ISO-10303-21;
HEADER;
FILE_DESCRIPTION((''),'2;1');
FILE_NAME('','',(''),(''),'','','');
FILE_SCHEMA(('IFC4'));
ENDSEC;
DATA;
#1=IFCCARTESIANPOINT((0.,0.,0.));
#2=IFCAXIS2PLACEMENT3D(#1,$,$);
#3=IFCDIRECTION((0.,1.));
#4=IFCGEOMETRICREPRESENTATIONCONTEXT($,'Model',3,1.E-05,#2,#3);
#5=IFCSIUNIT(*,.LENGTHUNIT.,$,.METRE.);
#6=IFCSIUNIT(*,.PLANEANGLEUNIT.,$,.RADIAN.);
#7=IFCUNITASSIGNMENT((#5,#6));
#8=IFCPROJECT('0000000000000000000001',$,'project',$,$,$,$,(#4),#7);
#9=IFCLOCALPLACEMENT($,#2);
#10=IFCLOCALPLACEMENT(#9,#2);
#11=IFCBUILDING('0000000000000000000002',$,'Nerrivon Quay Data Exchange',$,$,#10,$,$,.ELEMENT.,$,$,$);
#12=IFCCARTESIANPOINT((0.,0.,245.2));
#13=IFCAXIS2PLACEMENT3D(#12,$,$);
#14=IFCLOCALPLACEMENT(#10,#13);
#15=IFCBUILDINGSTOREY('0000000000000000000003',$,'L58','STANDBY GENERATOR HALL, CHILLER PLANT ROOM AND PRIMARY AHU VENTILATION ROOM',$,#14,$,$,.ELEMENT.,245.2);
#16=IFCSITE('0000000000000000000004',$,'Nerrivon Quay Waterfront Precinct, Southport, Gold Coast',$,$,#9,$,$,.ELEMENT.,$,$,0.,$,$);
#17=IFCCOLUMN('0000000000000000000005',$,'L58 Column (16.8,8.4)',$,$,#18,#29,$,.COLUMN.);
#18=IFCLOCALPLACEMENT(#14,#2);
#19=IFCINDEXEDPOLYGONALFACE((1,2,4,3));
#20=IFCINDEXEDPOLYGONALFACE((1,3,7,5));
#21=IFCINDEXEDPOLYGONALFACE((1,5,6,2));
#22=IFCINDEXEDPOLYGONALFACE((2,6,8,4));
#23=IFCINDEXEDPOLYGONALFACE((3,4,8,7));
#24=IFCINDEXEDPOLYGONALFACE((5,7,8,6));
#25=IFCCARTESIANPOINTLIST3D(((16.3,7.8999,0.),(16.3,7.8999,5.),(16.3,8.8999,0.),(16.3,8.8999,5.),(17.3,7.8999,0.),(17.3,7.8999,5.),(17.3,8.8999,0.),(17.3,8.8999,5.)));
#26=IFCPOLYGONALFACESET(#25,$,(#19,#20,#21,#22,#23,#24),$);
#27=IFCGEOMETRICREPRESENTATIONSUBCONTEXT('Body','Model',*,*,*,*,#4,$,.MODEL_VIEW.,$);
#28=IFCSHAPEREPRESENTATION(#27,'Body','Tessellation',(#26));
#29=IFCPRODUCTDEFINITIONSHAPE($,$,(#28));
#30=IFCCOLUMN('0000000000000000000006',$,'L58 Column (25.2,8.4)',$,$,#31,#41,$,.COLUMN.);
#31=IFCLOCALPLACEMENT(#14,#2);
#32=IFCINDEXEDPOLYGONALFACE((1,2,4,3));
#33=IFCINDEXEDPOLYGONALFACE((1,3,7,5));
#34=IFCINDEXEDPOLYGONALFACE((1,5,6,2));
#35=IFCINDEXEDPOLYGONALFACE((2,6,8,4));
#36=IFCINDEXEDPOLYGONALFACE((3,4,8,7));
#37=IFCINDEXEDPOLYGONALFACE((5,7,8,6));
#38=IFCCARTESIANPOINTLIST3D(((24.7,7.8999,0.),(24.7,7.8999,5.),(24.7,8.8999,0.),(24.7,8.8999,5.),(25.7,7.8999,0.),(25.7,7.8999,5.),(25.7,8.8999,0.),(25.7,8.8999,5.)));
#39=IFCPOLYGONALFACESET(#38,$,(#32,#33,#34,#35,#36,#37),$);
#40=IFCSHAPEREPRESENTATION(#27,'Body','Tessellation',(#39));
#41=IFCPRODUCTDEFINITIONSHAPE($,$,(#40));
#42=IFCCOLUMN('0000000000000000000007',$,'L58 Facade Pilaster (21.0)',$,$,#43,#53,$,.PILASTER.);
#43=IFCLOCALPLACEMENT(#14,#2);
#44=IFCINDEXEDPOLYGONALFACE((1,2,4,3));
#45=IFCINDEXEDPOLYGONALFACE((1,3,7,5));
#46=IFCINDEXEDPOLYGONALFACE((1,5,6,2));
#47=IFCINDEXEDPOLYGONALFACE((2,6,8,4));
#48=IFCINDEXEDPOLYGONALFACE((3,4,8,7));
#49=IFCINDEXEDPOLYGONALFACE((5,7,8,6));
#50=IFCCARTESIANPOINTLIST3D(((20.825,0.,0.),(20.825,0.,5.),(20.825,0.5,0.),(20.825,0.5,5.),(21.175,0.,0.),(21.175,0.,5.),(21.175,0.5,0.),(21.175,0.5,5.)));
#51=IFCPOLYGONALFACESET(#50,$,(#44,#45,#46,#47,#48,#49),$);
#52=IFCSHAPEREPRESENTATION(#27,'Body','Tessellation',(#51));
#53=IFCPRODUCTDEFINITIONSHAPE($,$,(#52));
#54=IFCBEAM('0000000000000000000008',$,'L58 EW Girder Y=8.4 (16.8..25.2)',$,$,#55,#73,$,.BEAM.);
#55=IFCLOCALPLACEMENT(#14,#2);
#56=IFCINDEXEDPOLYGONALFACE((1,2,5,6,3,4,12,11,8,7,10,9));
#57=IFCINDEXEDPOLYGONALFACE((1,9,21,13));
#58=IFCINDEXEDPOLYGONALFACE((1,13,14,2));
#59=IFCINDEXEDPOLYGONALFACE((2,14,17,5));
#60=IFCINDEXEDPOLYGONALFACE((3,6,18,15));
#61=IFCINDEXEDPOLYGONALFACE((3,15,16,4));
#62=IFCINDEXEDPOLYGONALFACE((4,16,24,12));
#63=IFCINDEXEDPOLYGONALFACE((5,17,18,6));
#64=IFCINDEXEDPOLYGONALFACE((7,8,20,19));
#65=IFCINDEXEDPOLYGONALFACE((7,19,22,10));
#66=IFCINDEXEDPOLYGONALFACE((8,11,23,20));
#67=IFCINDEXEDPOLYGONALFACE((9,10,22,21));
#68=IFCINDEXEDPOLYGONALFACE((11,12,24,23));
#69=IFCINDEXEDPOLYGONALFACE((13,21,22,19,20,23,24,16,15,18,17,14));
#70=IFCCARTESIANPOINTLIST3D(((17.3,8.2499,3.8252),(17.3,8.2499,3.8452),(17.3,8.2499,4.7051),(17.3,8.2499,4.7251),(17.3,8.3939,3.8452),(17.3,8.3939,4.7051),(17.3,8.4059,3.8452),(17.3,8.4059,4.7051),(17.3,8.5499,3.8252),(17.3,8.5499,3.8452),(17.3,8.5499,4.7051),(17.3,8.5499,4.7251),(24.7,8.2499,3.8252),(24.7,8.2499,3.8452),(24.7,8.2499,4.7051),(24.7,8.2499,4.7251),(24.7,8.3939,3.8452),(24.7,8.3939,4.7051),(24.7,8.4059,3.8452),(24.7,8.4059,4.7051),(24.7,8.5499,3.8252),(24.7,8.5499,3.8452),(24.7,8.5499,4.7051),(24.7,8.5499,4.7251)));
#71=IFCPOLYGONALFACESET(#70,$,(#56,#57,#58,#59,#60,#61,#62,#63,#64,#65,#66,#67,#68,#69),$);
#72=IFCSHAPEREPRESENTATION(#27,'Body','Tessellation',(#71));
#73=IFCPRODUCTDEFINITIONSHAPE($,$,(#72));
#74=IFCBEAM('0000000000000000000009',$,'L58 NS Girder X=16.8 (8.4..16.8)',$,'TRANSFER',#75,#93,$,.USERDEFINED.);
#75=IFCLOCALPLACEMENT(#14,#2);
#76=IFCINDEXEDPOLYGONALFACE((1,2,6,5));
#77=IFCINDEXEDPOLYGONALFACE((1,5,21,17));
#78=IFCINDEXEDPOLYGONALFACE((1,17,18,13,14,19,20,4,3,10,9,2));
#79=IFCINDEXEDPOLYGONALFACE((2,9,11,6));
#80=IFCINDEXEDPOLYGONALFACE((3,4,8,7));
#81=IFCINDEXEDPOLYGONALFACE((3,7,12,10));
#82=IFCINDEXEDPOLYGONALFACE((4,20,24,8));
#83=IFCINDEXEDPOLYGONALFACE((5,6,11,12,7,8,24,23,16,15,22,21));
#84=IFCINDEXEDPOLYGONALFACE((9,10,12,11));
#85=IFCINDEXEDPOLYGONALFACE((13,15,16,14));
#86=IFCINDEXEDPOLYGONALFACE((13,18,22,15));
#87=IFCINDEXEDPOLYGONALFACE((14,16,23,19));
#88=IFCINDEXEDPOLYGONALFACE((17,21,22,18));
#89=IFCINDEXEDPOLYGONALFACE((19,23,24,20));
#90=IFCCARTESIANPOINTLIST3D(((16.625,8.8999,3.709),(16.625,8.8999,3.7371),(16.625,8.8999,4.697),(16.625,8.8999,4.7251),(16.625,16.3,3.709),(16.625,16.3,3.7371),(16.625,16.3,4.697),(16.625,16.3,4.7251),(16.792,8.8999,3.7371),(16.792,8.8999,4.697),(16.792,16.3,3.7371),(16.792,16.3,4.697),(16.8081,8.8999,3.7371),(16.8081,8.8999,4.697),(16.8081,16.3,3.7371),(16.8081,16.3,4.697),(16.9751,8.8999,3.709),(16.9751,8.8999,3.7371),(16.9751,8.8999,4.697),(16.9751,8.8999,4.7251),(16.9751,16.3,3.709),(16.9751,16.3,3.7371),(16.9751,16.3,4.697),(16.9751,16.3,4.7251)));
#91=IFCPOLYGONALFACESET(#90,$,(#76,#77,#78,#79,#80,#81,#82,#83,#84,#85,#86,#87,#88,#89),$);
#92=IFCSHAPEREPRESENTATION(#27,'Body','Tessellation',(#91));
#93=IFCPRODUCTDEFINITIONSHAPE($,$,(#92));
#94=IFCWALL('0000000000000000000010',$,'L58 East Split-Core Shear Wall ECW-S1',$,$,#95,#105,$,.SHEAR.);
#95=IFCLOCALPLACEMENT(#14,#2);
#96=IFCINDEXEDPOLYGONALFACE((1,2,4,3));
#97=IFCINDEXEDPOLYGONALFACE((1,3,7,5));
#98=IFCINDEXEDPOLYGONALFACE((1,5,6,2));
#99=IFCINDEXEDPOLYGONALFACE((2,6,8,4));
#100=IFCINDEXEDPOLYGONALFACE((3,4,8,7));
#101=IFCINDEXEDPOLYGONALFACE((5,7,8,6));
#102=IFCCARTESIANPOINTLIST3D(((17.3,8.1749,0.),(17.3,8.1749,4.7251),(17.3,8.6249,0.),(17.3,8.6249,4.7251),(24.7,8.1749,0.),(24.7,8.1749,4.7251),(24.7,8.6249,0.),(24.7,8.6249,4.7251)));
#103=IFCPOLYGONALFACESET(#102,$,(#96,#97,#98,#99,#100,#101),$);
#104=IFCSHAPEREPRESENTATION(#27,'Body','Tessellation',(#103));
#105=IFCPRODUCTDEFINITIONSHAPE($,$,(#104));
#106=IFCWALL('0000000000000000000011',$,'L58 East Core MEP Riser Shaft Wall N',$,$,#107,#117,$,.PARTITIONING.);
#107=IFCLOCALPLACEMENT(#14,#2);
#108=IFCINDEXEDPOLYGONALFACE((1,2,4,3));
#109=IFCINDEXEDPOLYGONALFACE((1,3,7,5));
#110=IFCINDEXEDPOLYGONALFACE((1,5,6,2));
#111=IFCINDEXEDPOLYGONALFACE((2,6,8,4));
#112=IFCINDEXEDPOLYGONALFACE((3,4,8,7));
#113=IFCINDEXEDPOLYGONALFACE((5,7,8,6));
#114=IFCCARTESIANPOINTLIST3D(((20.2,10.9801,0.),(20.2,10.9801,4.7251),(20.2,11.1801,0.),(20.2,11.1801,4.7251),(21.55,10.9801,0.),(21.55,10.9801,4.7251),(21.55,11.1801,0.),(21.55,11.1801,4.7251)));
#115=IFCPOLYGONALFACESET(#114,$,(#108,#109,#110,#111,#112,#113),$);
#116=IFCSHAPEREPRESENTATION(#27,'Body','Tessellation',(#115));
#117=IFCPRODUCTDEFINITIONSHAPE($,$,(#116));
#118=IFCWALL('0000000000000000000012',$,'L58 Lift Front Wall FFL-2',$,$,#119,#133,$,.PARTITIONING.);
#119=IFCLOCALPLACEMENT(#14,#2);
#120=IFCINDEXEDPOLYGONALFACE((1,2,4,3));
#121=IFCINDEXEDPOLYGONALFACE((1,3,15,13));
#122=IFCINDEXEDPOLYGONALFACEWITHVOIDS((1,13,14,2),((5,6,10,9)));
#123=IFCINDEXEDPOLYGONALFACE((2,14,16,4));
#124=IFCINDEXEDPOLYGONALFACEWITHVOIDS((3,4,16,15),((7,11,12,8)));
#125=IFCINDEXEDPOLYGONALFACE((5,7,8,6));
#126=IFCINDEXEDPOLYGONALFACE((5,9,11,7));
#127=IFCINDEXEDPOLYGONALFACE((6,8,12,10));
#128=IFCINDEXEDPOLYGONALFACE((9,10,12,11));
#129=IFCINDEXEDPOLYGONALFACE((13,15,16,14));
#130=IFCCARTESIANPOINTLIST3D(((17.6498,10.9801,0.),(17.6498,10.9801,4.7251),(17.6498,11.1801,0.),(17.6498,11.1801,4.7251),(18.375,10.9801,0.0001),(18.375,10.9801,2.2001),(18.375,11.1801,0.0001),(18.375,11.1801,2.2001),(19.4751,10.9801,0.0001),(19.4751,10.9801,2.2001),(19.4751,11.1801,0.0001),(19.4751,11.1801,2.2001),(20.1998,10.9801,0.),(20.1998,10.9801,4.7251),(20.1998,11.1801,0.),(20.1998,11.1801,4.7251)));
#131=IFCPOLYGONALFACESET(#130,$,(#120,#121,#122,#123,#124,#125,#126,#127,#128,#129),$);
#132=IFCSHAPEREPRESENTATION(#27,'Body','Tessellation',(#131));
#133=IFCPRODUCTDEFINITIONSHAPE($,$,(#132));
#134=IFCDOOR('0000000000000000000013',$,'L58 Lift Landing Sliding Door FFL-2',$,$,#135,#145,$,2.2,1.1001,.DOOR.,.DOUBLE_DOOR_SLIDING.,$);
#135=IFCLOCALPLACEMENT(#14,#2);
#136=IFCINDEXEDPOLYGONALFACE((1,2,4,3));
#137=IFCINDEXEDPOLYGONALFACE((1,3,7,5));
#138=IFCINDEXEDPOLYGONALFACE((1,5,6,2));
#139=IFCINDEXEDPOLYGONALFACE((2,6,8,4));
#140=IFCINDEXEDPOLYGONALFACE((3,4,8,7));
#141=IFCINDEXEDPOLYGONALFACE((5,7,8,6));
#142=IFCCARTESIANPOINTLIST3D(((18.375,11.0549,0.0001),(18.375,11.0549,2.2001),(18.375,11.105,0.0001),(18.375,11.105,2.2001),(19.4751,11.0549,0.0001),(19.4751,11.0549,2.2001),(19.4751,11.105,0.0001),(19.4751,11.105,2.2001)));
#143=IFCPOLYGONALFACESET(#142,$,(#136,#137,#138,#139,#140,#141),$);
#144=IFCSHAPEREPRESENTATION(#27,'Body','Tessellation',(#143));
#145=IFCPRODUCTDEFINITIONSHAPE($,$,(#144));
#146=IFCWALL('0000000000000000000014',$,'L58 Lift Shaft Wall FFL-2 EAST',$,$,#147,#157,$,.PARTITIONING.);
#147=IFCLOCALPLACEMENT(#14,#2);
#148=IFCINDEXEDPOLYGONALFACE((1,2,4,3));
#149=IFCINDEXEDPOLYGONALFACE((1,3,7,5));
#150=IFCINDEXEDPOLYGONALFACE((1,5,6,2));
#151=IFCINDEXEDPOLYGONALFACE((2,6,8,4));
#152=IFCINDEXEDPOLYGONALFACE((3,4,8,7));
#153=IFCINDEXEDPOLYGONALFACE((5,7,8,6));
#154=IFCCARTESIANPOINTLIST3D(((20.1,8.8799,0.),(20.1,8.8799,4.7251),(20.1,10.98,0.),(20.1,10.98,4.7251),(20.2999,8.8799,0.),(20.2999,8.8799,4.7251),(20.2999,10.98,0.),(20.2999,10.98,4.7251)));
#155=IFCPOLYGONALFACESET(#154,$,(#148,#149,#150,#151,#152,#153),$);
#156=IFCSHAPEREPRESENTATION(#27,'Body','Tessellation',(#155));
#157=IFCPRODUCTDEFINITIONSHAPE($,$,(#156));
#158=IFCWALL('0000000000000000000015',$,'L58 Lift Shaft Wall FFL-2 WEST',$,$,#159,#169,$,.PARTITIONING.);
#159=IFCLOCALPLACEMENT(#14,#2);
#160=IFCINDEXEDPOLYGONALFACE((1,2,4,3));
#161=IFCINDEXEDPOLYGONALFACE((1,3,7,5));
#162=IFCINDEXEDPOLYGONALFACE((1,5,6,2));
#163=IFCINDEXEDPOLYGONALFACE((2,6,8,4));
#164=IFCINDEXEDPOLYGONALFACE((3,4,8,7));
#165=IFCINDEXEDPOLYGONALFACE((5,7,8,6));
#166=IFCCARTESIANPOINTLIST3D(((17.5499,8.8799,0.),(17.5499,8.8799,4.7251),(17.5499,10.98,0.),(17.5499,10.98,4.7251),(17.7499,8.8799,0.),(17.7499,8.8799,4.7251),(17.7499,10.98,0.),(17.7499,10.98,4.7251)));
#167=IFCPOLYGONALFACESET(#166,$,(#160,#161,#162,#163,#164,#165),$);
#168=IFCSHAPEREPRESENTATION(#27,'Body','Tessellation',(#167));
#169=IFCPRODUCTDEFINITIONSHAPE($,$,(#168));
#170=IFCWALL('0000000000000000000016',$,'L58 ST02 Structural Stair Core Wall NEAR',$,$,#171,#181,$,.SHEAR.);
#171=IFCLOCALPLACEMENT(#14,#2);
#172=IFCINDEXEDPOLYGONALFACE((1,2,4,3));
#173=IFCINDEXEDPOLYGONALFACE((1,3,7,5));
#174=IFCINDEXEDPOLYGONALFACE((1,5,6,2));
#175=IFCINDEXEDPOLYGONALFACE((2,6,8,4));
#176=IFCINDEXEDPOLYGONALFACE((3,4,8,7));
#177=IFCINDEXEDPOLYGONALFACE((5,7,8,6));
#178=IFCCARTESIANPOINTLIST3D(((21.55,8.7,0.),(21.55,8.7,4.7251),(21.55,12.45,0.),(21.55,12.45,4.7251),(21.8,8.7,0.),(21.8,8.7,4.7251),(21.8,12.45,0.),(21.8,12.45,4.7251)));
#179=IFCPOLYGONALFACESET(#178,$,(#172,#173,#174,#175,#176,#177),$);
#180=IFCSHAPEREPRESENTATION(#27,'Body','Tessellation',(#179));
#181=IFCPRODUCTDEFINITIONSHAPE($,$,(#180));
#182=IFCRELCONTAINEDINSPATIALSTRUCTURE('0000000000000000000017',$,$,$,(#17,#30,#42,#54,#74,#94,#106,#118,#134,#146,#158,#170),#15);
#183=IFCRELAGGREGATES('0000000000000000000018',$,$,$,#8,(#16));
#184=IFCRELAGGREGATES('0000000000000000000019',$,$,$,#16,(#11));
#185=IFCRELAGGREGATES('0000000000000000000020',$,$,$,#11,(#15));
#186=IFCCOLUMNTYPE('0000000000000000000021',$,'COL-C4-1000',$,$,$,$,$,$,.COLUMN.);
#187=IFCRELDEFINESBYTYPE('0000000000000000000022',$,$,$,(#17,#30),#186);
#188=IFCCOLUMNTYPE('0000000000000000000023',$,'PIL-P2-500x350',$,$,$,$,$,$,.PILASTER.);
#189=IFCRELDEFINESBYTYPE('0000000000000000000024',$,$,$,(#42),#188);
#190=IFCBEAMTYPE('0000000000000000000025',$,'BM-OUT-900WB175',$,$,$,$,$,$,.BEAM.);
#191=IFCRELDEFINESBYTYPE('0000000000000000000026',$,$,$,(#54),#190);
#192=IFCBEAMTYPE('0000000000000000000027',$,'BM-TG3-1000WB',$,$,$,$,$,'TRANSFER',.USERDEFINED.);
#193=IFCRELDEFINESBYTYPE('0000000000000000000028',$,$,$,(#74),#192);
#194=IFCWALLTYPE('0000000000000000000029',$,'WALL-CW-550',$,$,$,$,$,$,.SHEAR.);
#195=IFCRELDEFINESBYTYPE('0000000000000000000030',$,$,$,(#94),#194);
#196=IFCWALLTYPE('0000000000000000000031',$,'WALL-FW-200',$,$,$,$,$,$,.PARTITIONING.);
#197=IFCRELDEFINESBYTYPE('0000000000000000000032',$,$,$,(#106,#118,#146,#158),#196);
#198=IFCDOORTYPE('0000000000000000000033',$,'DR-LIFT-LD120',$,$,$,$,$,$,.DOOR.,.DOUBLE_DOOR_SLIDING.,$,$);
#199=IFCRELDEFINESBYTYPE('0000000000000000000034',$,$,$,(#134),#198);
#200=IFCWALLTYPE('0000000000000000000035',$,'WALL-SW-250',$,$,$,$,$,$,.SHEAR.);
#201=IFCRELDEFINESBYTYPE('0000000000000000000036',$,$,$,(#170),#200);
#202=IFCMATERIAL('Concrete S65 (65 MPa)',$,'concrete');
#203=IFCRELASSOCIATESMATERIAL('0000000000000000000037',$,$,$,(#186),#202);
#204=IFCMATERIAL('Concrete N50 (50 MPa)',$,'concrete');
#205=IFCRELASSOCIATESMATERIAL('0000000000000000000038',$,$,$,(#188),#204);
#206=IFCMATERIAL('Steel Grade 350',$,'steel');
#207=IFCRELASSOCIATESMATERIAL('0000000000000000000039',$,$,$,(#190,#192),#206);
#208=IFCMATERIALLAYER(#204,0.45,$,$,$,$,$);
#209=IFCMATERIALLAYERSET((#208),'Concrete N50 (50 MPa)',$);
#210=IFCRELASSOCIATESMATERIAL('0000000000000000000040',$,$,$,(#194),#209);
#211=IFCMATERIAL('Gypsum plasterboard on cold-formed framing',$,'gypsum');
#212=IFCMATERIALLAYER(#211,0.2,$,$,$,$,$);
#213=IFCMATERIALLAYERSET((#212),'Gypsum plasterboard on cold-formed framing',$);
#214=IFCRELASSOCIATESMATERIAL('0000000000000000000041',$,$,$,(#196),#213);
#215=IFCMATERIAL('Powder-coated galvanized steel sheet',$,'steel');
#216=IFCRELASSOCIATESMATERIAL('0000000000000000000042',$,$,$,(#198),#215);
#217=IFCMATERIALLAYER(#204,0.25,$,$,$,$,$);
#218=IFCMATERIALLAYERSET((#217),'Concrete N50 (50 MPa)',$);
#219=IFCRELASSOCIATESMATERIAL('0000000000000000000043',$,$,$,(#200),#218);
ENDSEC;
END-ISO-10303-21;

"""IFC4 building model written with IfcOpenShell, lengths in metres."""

from ifc_helpers import new_model, si_unit, direction, frame, frame_2d, origin, origin_2d, place, context, subcontext, project, spatial, rectangle, i_section, extrude, material, layer, layer_set, material_profile, profile_set, type_object, element, fill, save


model = new_model("IFC4")

# Units and contexts
model_context = context("Model", 3, precision=1e-05, world=origin(), true_north=direction((0.0, 1.0)))
body_context = subcontext(model_context, "Body", "Model", "MODEL_VIEW")
ifc_project = project(units=[si_unit("LENGTHUNIT", "METRE"), si_unit("PLANEANGLEUNIT", "RADIAN")], contexts=[model_context])

# Site, building, storey
site_placement = place(None, origin())
site = spatial("IfcSite", under=ifc_project, at=site_placement, Name="Nerrivon Quay Waterfront Precinct, Southport, Gold Coast", CompositionType="ELEMENT", RefElevation=0.0)
building_placement = place(site_placement, origin())
building = spatial("IfcBuilding", under=site, at=building_placement, Name="Nerrivon Quay Data Exchange", CompositionType="ELEMENT")
storey_placement = place(building_placement, frame((0.0, 0.0, 245.2)))
storey = spatial("IfcBuildingStorey", under=building, at=storey_placement, Name="L58", Description="STANDBY GENERATOR HALL, CHILLER PLANT ROOM AND PRIMARY AHU VENTILATION ROOM", CompositionType="ELEMENT", Elevation=245.2)

# Columns
ifc_material_1 = material(Name="Concrete S65 (65 MPa)", Category="concrete")
ifc_material_profile_1 = material_profile(ifc_material_1, rectangle(XDim=1.0, YDim=1.0, at=origin_2d()), Name="RC-COL-1000x1000")
ifc_profile_set_1 = profile_set([ifc_material_profile_1], Name="Concrete S65 (65 MPa)")
column_type_1 = type_object("IfcColumnType", Name="COL-C4-1000", PredefinedType="COLUMN", material=ifc_profile_set_1)
for number, where, z_axis, x_axis, name in (
    (1, (16.8, 8.3999, 0.0), (0.0, 0.0, 1.0), (1.0, 0.0, 0.0), "L58 Column (16.8,8.4)"),
    (2, (25.2, 8.3999, 0.0), (0.0, 0.0, 1.0), (1.0, 0.0, 0.0), "L58 Column (25.2,8.4)"),
):
    element("IfcColumn", number, at=place(storey_placement, frame(where, z_axis=z_axis, x_axis=x_axis)), inside=storey, type_object=column_type_1, Name=name, PredefinedType="COLUMN", context=body_context, shape_type="SweptSolid", body=[
        extrude(rectangle(XDim=1.0, YDim=1.0, at=origin_2d()), origin(), (0.0, 0.0, 1.0), 5.0),
    ])
ifc_material_2 = material(Name="Concrete N50 (50 MPa)", Category="concrete")
ifc_material_profile_2 = material_profile(ifc_material_2, rectangle(XDim=0.3501, YDim=0.5, at=origin_2d()), Name="RC-PIL-500x350")
ifc_profile_set_2 = profile_set([ifc_material_profile_2], Name="Concrete N50 (50 MPa)")
column_type_2 = type_object("IfcColumnType", Name="PIL-P2-500x350", PredefinedType="PILASTER", material=ifc_profile_set_2)
column_placement = place(storey_placement, frame((21.0, 0.25, 0.0), z_axis=(0.0, 0.0, 1.0), x_axis=(1.0, 0.0, 0.0)))
element("IfcColumn", 3, at=column_placement, inside=storey, type_object=column_type_2, Name="L58 Facade Pilaster (21.0)", PredefinedType="PILASTER", context=body_context, shape_type="SweptSolid", body=[
    extrude(rectangle(XDim=0.3501, YDim=0.5, at=origin_2d()), origin(), (0.0, 0.0, 1.0), 5.0),
])

# Beams
ifc_material_3 = material(Name="Steel Grade 350", Category="steel")
ifc_material_profile_3 = material_profile(ifc_material_3, i_section(OverallWidth=0.3, OverallDepth=0.8999, WebThickness=0.012, FlangeThickness=0.02, at=origin_2d()), Name="900WB175")
ifc_profile_set_3 = profile_set([ifc_material_profile_3], Name="Steel Grade 350")
beam_type_1 = type_object("IfcBeamType", Name="BM-OUT-900WB175", PredefinedType="BEAM", material=ifc_profile_set_3)
beam_1_placement = place(storey_placement, frame((17.3, 8.3999, 4.2751), z_axis=(1.0, 0.0, 0.0), x_axis=(0.0, 1.0, 0.0)))
element("IfcBeam", 4, at=beam_1_placement, inside=storey, type_object=beam_type_1, Name="L58 EW Girder Y=8.4 (16.8..25.2)", PredefinedType="BEAM", context=body_context, shape_type="SweptSolid", body=[
    extrude(i_section(OverallWidth=0.3, OverallDepth=0.8999, WebThickness=0.012, FlangeThickness=0.02, at=origin_2d()), origin(), (0.0, 0.0, 1.0), 7.3999),
])
ifc_material_profile_4 = material_profile(ifc_material_3, i_section(OverallWidth=0.3501, OverallDepth=1.0161, WebThickness=0.0161, FlangeThickness=0.0281, at=origin_2d()), Name="1000WB258")
ifc_profile_set_4 = profile_set([ifc_material_profile_4], Name="Steel Grade 350")
beam_type_2 = type_object("IfcBeamType", Name="BM-TG3-1000WB", ElementType="TRANSFER", PredefinedType="USERDEFINED", material=ifc_profile_set_4)
beam_2_placement = place(storey_placement, frame((16.8, 8.8999, 4.217), z_axis=(0.0, 1.0, 0.0), x_axis=(-1.0, 0.0, 0.0)))
element("IfcBeam", 5, at=beam_2_placement, inside=storey, type_object=beam_type_2, Name="L58 NS Girder X=16.8 (8.4..16.8)", ObjectType="TRANSFER", PredefinedType="USERDEFINED", context=body_context, shape_type="SweptSolid", body=[
    extrude(i_section(OverallWidth=0.3501, OverallDepth=1.0161, WebThickness=0.0161, FlangeThickness=0.0281, at=origin_2d()), origin(), (0.0, 0.0, 1.0), 7.4001),
])

# Wall
ifc_layer_1 = layer(ifc_material_2, 0.45)
ifc_layer_set_1 = layer_set([ifc_layer_1], Name="Concrete N50 (50 MPa)")
wall_type_1 = type_object("IfcWallType", Name="WALL-CW-550", PredefinedType="SHEAR", material=ifc_layer_set_1)
wall_1_placement = place(storey_placement, frame((17.3, 8.3999, 0.0), z_axis=(0.0, 0.0, 1.0), x_axis=(1.0, 0.0, 0.0)))
element("IfcWall", 6, at=wall_1_placement, inside=storey, type_object=wall_type_1, Name="L58 East Split-Core Shear Wall ECW-S1", PredefinedType="SHEAR", context=body_context, shape_type="SweptSolid", body=[
    extrude(rectangle(XDim=7.3999, YDim=0.45, at=frame_2d((3.7, 0.0))), origin(), (0.0, 0.0, 1.0), 4.7251),
])

# Shared definitions
ifc_material_4 = material(Name="Powder-coated galvanized steel sheet", Category="steel")

# Wall
ifc_material_5 = material(Name="Gypsum plasterboard on cold-formed framing", Category="gypsum")
ifc_layer_2 = layer(ifc_material_5, 0.2)
ifc_layer_set_2 = layer_set([ifc_layer_2], Name="Gypsum plasterboard on cold-formed framing")
wall_type_2 = type_object("IfcWallType", Name="WALL-FW-200", PredefinedType="PARTITIONING", material=ifc_layer_set_2)
wall_2_placement = place(storey_placement, frame((20.2, 11.0801, 0.0), z_axis=(0.0, 0.0, 1.0), x_axis=(1.0, 0.0, 0.0)))
element("IfcWall", 7, at=wall_2_placement, inside=storey, type_object=wall_type_2, Name="L58 East Core MEP Riser Shaft Wall N", PredefinedType="PARTITIONING", context=body_context, shape_type="SweptSolid", body=[
    extrude(rectangle(XDim=1.3501, YDim=0.2, at=frame_2d((0.675, 0.0))), origin(), (0.0, 0.0, 1.0), 4.7251),
])

# Wall, opening, door
wall_3_placement = place(storey_placement, frame((17.6499, 11.0801, 0.0), z_axis=(0.0, 0.0, 1.0), x_axis=(1.0, 0.0, 0.0)))
wall_3 = element("IfcWall", 8, at=wall_3_placement, inside=storey, type_object=wall_type_2, Name="L58 Lift Front Wall FFL-2", PredefinedType="PARTITIONING", context=body_context, shape_type="SweptSolid", body=[
    extrude(rectangle(XDim=2.55, YDim=0.2, at=frame_2d((1.2749, 0.0))), origin(), (0.0, 0.0, 1.0), 4.7251),
])
opening_1_placement = place(wall_3_placement, frame((0.7251, 0.0, 0.0)))
opening_1 = element("IfcOpeningElement", 9, at=opening_1_placement, cuts=wall_3, PredefinedType="OPENING", context=body_context, shape_type="SweptSolid", body=[
    extrude(rectangle(XDim=1.1001, YDim=2.2, at=frame_2d((0.55, 1.1001))), frame((0.0, 0.1099, 0.0), z_axis=(0.0, -1.0, 0.0), x_axis=(1.0, 0.0, 0.0)), (0.0, 0.0, 1.0), 0.22),
])
door_type_1 = type_object("IfcDoorType", Name="DR-LIFT-LD120", OperationType="DOUBLE_DOOR_SLIDING", PredefinedType="DOOR", material=ifc_material_4)
door_1_placement = place(opening_1_placement, origin())
door_1 = element("IfcDoor", 10, at=door_1_placement, inside=storey, type_object=door_type_1, Name="L58 Lift Landing Sliding Door FFL-2", OperationType="DOUBLE_DOOR_SLIDING", OverallHeight=2.2, OverallWidth=1.1001, PredefinedType="DOOR", context=body_context, shape_type="SweptSolid", body=[
    extrude(rectangle(XDim=1.1001, YDim=2.2, at=frame_2d((0.55, 1.1001))), frame((0.0, 0.0249, 0.0), z_axis=(0.0, -1.0, 0.0), x_axis=(1.0, 0.0, 0.0)), (0.0, 0.0, 1.0), 0.05),
])
fill(opening_1, door_1)

# Walls
for number, where, z_axis, x_axis, name in (
    (11, (20.2, 8.8799, 0.0), (0.0, 0.0, 1.0), (0.0, 1.0, 0.0), "L58 Lift Shaft Wall FFL-2 EAST"),
    (12, (17.6499, 8.8799, 0.0), (0.0, 0.0, 1.0), (0.0, 1.0, 0.0), "L58 Lift Shaft Wall FFL-2 WEST"),
):
    element("IfcWall", number, at=place(storey_placement, frame(where, z_axis=z_axis, x_axis=x_axis)), inside=storey, type_object=wall_type_2, Name=name, PredefinedType="PARTITIONING", context=body_context, shape_type="SweptSolid", body=[
        extrude(rectangle(XDim=2.1001, YDim=0.2, at=frame_2d((1.05, 0.0))), origin(), (0.0, 0.0, 1.0), 4.7251),
    ])
ifc_layer_3 = layer(ifc_material_2, 0.25)
ifc_layer_set_3 = layer_set([ifc_layer_3], Name="Concrete N50 (50 MPa)")
wall_type_3 = type_object("IfcWallType", Name="WALL-SW-250", PredefinedType="SHEAR", material=ifc_layer_set_3)
wall_4_placement = place(storey_placement, frame((21.675, 8.7, 0.0), z_axis=(0.0, 0.0, 1.0), x_axis=(0.0, 1.0, 0.0)))
element("IfcWall", 13, at=wall_4_placement, inside=storey, type_object=wall_type_3, Name="L58 ST02 Structural Stair Core Wall NEAR", PredefinedType="SHEAR", context=body_context, shape_type="SweptSolid", body=[
    extrude(rectangle(XDim=3.75, YDim=0.25, at=frame_2d((1.875, 0.0))), origin(), (0.0, 0.0, 1.0), 4.7251),
])

save(model, "model.ifc")
